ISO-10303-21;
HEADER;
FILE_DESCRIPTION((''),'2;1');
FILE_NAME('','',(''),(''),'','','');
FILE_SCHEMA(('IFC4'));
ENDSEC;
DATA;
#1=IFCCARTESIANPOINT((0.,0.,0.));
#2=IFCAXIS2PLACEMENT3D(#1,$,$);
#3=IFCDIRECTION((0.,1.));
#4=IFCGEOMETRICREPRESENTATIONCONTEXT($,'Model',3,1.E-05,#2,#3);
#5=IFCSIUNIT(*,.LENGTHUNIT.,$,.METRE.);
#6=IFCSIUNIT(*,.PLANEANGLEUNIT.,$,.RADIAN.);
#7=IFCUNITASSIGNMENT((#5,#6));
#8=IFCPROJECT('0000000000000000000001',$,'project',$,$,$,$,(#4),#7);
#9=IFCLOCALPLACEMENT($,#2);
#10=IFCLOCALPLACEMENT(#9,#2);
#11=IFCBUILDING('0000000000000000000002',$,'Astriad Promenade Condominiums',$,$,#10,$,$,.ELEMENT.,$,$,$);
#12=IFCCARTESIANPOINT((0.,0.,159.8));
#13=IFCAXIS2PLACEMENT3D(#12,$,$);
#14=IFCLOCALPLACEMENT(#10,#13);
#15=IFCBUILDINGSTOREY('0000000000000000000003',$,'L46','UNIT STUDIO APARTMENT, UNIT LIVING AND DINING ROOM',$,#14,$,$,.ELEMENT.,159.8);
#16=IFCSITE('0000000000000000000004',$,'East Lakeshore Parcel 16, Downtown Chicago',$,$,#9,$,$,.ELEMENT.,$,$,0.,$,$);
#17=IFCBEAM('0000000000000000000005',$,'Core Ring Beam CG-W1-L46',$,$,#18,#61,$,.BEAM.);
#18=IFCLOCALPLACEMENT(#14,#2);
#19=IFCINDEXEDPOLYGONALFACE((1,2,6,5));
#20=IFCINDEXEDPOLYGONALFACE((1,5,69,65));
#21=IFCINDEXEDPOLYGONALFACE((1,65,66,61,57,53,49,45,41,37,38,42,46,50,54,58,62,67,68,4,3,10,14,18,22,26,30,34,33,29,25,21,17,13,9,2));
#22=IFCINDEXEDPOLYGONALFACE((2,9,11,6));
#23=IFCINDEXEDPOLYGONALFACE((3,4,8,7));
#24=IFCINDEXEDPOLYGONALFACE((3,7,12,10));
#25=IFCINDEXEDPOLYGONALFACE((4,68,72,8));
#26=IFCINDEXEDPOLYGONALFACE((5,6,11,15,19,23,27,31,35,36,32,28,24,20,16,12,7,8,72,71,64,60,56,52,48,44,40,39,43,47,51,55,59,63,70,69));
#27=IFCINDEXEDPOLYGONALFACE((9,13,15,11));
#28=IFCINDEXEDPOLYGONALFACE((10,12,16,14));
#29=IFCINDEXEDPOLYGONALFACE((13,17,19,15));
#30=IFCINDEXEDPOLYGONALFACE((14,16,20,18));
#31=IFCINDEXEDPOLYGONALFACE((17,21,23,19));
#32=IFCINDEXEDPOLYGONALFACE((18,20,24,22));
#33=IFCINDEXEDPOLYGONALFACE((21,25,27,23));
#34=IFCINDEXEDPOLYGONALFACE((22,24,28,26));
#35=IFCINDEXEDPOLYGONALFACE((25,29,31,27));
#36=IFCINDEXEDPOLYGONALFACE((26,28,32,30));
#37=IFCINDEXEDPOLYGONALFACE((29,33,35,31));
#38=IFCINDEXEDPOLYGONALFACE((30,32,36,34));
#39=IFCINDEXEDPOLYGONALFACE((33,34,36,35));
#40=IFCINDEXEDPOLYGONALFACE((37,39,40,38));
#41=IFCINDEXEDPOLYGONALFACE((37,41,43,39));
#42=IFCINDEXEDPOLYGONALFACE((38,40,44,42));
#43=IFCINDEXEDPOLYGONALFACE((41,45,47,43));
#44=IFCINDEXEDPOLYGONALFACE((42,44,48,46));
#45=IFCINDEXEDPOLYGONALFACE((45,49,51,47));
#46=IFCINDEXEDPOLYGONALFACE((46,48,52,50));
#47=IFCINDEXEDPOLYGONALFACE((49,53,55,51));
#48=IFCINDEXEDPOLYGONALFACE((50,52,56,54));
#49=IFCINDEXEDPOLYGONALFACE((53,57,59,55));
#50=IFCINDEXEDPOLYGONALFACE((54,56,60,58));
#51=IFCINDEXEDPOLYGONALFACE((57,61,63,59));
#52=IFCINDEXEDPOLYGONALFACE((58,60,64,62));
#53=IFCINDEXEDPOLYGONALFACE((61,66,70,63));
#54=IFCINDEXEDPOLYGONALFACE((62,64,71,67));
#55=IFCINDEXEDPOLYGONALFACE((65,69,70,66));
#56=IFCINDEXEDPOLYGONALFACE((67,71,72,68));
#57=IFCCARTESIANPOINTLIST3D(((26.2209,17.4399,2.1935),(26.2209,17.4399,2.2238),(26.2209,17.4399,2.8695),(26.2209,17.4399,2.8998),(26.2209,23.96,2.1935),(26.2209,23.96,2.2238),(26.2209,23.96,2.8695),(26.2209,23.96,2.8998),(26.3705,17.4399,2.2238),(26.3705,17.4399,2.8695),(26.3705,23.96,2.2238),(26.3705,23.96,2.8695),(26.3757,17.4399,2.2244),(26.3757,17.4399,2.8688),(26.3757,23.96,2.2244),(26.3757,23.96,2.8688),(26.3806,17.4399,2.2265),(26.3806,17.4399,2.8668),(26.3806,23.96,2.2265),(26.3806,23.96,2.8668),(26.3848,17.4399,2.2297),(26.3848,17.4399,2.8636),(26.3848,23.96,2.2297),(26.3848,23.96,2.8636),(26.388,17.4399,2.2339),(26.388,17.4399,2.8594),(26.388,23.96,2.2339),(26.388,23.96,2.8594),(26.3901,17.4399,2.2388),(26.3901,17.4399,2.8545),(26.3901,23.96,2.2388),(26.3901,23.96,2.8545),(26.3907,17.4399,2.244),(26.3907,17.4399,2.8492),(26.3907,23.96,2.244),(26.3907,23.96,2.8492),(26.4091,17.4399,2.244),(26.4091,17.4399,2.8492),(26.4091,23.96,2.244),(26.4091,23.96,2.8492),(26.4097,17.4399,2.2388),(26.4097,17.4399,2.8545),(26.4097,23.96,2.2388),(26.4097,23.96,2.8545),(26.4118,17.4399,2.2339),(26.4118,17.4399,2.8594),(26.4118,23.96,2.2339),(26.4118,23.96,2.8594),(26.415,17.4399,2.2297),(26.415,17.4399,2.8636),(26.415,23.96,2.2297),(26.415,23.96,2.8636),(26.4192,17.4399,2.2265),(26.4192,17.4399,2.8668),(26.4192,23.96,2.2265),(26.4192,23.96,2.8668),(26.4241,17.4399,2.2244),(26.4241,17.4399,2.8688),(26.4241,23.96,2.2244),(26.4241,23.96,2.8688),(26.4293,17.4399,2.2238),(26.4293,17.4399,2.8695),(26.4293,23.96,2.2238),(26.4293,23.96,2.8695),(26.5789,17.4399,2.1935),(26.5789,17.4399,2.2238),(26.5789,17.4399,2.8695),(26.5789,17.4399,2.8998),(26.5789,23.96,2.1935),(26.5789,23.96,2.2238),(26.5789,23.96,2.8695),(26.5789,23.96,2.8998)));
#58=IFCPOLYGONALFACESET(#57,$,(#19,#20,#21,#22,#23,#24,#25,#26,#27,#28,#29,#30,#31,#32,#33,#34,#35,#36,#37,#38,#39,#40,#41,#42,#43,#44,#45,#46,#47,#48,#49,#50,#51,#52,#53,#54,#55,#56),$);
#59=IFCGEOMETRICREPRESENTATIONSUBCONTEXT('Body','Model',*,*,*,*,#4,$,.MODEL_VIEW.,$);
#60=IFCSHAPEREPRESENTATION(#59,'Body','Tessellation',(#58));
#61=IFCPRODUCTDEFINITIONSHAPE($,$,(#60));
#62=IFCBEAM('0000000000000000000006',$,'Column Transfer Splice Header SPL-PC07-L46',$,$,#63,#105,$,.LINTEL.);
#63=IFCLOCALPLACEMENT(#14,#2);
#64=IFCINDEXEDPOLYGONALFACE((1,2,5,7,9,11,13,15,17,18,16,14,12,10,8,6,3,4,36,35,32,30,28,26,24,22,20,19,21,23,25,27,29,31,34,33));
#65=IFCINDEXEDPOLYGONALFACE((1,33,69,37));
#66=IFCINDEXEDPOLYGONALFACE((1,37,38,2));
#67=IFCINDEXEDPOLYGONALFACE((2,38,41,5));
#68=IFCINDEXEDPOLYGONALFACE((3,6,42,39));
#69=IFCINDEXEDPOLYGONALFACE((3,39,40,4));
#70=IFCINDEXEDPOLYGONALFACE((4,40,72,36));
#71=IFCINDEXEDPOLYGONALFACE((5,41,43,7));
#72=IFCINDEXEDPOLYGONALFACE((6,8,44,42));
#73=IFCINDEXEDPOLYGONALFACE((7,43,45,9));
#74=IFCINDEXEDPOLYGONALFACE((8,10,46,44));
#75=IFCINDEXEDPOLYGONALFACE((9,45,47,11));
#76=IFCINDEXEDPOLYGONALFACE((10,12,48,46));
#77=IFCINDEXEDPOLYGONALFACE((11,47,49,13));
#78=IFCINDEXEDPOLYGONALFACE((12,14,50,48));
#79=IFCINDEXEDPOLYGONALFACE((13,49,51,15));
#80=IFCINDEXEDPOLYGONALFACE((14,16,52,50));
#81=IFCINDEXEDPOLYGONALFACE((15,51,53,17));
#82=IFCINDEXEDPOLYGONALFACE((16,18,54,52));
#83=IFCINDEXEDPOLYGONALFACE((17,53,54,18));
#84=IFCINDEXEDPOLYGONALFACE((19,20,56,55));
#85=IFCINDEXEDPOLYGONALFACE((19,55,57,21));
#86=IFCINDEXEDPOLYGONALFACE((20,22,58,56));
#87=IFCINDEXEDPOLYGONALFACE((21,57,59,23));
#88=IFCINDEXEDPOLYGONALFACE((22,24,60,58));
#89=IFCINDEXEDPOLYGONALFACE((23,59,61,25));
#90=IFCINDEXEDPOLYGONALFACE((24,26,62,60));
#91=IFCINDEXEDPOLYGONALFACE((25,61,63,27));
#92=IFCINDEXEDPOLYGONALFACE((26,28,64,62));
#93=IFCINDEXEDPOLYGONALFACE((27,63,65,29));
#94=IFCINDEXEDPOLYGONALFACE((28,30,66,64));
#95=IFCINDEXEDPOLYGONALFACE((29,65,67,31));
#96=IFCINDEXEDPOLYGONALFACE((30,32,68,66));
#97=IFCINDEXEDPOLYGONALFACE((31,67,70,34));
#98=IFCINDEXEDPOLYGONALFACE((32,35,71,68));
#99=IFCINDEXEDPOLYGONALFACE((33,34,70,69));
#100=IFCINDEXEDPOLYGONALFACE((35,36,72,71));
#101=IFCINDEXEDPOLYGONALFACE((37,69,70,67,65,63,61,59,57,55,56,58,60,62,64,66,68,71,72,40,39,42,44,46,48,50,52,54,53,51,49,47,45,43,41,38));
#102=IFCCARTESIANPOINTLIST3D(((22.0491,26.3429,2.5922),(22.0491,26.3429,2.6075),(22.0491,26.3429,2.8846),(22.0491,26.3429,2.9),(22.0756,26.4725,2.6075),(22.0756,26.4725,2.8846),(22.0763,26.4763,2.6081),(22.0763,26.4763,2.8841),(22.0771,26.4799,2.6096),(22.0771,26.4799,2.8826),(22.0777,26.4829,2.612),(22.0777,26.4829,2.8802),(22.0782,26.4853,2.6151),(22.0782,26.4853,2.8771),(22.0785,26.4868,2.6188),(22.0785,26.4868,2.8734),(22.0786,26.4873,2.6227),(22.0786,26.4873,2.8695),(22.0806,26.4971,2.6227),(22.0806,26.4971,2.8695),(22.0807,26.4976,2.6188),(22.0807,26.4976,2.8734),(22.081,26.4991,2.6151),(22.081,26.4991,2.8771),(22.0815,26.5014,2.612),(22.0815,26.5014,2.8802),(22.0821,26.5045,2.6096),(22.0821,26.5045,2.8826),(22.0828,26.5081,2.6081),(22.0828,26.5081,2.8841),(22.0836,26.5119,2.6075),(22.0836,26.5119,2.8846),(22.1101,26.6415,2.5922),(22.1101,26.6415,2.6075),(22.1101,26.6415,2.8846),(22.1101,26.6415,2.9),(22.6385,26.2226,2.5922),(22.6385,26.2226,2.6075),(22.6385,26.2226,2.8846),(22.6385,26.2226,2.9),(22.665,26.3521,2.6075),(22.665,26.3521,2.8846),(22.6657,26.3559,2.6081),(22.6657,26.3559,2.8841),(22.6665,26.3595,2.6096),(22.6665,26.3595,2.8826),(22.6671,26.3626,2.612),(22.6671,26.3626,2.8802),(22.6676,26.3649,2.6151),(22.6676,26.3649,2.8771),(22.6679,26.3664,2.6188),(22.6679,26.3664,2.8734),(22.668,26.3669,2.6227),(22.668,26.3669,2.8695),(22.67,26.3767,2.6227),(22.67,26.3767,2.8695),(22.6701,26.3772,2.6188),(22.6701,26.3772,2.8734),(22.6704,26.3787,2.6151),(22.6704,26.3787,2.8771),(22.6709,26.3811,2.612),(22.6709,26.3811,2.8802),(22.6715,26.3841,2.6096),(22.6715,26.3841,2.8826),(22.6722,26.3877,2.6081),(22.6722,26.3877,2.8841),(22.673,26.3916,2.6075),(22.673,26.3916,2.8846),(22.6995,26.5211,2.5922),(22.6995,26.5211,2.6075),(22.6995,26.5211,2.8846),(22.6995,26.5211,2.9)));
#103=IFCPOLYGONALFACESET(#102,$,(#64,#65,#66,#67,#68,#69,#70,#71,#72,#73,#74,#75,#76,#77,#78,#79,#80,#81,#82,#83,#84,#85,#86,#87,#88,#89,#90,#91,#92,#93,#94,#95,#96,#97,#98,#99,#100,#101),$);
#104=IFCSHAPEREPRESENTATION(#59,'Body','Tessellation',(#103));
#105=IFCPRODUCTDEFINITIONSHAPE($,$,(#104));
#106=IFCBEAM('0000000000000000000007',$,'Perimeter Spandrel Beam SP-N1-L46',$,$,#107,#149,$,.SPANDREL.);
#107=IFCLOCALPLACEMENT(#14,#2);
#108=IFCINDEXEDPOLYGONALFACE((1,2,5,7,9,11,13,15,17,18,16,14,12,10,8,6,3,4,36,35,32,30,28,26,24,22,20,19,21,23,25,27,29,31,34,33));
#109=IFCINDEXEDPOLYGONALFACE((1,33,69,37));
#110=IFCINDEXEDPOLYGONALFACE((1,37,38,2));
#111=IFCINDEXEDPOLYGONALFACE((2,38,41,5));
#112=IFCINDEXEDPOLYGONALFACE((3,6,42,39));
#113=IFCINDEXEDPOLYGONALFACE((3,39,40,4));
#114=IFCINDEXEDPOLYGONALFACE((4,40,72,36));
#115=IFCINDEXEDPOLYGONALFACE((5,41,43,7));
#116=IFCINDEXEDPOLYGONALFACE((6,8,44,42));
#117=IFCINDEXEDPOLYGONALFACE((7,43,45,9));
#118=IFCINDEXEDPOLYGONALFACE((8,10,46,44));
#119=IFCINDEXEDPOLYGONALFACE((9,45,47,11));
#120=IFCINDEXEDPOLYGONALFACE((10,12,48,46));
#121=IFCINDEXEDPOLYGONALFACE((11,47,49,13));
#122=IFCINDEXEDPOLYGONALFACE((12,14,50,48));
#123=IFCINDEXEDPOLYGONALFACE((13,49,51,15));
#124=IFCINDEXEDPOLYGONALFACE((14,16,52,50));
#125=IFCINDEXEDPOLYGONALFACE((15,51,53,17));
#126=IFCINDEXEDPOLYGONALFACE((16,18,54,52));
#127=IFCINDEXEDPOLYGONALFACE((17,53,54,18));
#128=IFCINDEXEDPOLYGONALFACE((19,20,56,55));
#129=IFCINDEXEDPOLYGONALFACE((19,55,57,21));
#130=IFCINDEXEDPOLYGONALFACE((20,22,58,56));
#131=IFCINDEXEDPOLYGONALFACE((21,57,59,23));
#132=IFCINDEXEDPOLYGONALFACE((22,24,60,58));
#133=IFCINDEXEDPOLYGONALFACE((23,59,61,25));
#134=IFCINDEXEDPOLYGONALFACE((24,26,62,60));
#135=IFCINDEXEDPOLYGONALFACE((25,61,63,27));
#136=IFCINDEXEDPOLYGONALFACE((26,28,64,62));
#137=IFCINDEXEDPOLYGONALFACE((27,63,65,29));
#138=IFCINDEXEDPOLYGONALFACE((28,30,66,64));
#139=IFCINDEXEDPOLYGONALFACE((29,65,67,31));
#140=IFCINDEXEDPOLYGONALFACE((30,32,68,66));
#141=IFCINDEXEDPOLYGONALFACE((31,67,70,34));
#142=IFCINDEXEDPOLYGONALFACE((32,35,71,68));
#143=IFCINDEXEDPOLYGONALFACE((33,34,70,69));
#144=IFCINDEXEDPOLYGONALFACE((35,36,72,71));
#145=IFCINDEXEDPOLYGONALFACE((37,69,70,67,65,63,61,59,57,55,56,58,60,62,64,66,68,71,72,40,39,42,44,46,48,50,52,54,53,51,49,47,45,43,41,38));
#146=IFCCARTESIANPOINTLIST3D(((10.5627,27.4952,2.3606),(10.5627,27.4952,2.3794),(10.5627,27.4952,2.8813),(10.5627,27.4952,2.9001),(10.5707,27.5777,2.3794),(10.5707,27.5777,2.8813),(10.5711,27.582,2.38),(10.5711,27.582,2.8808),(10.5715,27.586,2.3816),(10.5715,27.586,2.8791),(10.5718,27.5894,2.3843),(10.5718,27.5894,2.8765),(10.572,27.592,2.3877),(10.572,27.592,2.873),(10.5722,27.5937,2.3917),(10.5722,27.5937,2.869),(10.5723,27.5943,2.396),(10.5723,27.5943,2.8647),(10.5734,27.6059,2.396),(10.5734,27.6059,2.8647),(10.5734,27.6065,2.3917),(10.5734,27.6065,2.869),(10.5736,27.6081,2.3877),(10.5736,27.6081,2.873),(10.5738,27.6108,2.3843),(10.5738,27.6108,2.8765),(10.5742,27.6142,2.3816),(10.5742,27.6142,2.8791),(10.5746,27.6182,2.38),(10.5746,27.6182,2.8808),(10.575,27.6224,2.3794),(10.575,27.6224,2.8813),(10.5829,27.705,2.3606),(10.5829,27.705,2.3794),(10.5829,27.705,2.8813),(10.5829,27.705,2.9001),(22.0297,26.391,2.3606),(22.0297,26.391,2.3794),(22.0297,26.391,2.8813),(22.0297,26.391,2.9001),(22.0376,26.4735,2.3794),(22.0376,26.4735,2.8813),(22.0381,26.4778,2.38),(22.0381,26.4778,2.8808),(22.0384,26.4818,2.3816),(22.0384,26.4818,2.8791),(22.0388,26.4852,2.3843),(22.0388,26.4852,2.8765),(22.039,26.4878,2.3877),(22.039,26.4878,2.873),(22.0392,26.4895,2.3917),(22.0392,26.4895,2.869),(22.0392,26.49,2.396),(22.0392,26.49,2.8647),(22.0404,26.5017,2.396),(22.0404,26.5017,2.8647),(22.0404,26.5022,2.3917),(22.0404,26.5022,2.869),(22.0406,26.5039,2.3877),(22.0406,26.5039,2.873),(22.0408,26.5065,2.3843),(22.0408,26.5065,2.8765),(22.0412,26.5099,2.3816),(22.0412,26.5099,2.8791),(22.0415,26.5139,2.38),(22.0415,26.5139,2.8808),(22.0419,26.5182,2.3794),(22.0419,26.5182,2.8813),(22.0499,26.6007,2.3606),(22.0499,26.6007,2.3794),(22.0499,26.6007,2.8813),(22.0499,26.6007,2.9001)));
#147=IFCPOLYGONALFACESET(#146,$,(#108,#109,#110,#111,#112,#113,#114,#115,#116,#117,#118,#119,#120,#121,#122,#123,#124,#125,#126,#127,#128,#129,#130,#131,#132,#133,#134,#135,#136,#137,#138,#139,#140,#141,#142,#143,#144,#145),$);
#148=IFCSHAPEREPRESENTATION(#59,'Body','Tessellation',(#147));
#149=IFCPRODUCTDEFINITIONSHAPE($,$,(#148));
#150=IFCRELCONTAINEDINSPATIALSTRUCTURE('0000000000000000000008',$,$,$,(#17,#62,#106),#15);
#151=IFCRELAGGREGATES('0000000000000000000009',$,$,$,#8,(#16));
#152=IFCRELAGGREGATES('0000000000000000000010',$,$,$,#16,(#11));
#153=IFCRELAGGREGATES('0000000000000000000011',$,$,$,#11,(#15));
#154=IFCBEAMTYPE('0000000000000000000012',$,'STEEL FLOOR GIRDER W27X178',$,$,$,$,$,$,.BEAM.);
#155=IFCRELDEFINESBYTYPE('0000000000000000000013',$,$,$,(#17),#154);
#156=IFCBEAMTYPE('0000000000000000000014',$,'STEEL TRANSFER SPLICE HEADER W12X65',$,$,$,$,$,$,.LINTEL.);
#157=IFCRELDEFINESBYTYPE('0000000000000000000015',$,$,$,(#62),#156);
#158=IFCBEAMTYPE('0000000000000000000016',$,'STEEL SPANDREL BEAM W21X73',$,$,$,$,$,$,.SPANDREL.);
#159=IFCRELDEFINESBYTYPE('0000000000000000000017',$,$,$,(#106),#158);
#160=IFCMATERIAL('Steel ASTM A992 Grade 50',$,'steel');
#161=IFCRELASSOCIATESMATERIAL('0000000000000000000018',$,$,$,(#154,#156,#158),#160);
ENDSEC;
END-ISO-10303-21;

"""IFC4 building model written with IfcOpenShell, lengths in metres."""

from ifc_helpers import new_model, si_unit, direction, frame, origin, origin_2d, place, context, subcontext, project, spatial, i_section, extrude, source, transform, mapped, material, material_profile, profile_set, type_object, type_shapes, element, save


model = new_model("IFC4")

# Units and contexts
model_context = context("Model", 3, precision=1e-05, world=origin(), true_north=direction((0.0, 1.0)))
body_context = subcontext(model_context, "Body", "Model", "MODEL_VIEW")
ifc_project = project(units=[si_unit("LENGTHUNIT", "METRE"), si_unit("PLANEANGLEUNIT", "RADIAN")], contexts=[model_context])

# Site, building, storey
site_placement = place(None, origin())
site = spatial("IfcSite", under=ifc_project, at=site_placement, Name="East Lakeshore Parcel 16, Downtown Chicago", CompositionType="ELEMENT", RefElevation=0.0)
building_placement = place(site_placement, origin())
building = spatial("IfcBuilding", under=site, at=building_placement, Name="Astriad Promenade Condominiums", CompositionType="ELEMENT")
storey_placement = place(building_placement, frame((0.0, 0.0, 159.8)))
storey = spatial("IfcBuildingStorey", under=building, at=storey_placement, Name="L46", Description="UNIT STUDIO APARTMENT, UNIT LIVING AND DINING ROOM", CompositionType="ELEMENT", Elevation=159.8)

# Shared definitions
ifc_material_1 = material(Name="Steel ASTM A992 Grade 50", Category="steel")

# Beams
ifc_material_profile_1 = material_profile(ifc_material_1, i_section(OverallWidth=0.3579, OverallDepth=0.7063, WebThickness=0.0183, FlangeThickness=0.0303, FilletRadius=0.0203, at=origin_2d()), Name="W27X178")
ifc_profile_set_1 = profile_set([ifc_material_profile_1], Name="Steel ASTM A992 Grade 50")
beam_type_1 = type_object("IfcBeamType", Name="STEEL FLOOR GIRDER W27X178", PredefinedType="BEAM", material=ifc_profile_set_1)
shared_shape_1 = source(origin(), body_context, "Body", "SweptSolid", [
    extrude(i_section(OverallWidth=0.3579, OverallDepth=0.7063, WebThickness=0.0183, FlangeThickness=0.0303, FilletRadius=0.0203, at=origin_2d()), origin(), (0.0, 0.0, 1.0), 6.52),
])
type_shapes(beam_type_1, [shared_shape_1])
beam_1_placement = place(storey_placement, frame((26.3999, 17.4399, 2.5466), z_axis=(0.0, 1.0, 0.0), x_axis=(-1.0, 0.0, 0.0)))
element("IfcBeam", 1, at=beam_1_placement, inside=storey, type_object=beam_type_1, Name="Core Ring Beam CG-W1-L46", PredefinedType="BEAM", context=body_context, shape_type="MappedRepresentation", body=[
    mapped(shared_shape_1, transform((0.0, 0.0, 0.0), scale=1.0)),
])
ifc_material_profile_2 = material_profile(ifc_material_1, i_section(OverallWidth=0.3047, OverallDepth=0.3079, WebThickness=0.01, FlangeThickness=0.0154, FilletRadius=0.0151, at=origin_2d()), Name="W12X65")
ifc_profile_set_2 = profile_set([ifc_material_profile_2], Name="Steel ASTM A992 Grade 50")
beam_type_2 = type_object("IfcBeamType", Name="STEEL TRANSFER SPLICE HEADER W12X65", PredefinedType="LINTEL", material=ifc_profile_set_2)
shared_shape_2 = source(origin(), body_context, "Body", "SweptSolid", [
    extrude(i_section(OverallWidth=0.3047, OverallDepth=0.3079, WebThickness=0.01, FlangeThickness=0.0154, FilletRadius=0.0151, at=origin_2d()), origin(), (0.0, 0.0, 1.0), 0.6016),
])
type_shapes(beam_type_2, [shared_shape_2])
beam_2_placement = place(storey_placement, frame((22.0796, 26.4922, 2.7461), z_axis=(0.979776, -0.200095, 0.0), x_axis=(0.200095, 0.979776, 0.0)))
element("IfcBeam", 2, at=beam_2_placement, inside=storey, type_object=beam_type_2, Name="Column Transfer Splice Header SPL-PC07-L46", PredefinedType="LINTEL", context=body_context, shape_type="MappedRepresentation", body=[
    mapped(shared_shape_2, transform((0.0, 0.0, 0.0), scale=1.0)),
])
ifc_material_profile_3 = material_profile(ifc_material_1, i_section(OverallWidth=0.2107, OverallDepth=0.5396, WebThickness=0.0117, FlangeThickness=0.0188, FilletRadius=0.0166, at=origin_2d()), Name="W21X73")
ifc_profile_set_3 = profile_set([ifc_material_profile_3], Name="Steel ASTM A992 Grade 50")
beam_type_3 = type_object("IfcBeamType", Name="STEEL SPANDREL BEAM W21X73", PredefinedType="SPANDREL", material=ifc_profile_set_3)
shared_shape_3 = source(origin(), body_context, "Body", "SweptSolid", [
    extrude(i_section(OverallWidth=0.2107, OverallDepth=0.5396, WebThickness=0.0117, FlangeThickness=0.0188, FilletRadius=0.0166, at=origin_2d()), origin(), (0.0, 0.0, 1.0), 11.52),
])
type_shapes(beam_type_3, [shared_shape_3])
beam_3_placement = place(storey_placement, frame((22.0398, 26.4958, 2.6304), z_axis=(-0.995395, 0.095854, 0.0), x_axis=(-0.095854, -0.995395, 0.0)))
element("IfcBeam", 3, at=beam_3_placement, inside=storey, type_object=beam_type_3, Name="Perimeter Spandrel Beam SP-N1-L46", PredefinedType="SPANDREL", context=body_context, shape_type="MappedRepresentation", body=[
    mapped(shared_shape_3, transform((0.0, 0.0, 0.0), scale=1.0)),
])

save(model, "model.ifc")
